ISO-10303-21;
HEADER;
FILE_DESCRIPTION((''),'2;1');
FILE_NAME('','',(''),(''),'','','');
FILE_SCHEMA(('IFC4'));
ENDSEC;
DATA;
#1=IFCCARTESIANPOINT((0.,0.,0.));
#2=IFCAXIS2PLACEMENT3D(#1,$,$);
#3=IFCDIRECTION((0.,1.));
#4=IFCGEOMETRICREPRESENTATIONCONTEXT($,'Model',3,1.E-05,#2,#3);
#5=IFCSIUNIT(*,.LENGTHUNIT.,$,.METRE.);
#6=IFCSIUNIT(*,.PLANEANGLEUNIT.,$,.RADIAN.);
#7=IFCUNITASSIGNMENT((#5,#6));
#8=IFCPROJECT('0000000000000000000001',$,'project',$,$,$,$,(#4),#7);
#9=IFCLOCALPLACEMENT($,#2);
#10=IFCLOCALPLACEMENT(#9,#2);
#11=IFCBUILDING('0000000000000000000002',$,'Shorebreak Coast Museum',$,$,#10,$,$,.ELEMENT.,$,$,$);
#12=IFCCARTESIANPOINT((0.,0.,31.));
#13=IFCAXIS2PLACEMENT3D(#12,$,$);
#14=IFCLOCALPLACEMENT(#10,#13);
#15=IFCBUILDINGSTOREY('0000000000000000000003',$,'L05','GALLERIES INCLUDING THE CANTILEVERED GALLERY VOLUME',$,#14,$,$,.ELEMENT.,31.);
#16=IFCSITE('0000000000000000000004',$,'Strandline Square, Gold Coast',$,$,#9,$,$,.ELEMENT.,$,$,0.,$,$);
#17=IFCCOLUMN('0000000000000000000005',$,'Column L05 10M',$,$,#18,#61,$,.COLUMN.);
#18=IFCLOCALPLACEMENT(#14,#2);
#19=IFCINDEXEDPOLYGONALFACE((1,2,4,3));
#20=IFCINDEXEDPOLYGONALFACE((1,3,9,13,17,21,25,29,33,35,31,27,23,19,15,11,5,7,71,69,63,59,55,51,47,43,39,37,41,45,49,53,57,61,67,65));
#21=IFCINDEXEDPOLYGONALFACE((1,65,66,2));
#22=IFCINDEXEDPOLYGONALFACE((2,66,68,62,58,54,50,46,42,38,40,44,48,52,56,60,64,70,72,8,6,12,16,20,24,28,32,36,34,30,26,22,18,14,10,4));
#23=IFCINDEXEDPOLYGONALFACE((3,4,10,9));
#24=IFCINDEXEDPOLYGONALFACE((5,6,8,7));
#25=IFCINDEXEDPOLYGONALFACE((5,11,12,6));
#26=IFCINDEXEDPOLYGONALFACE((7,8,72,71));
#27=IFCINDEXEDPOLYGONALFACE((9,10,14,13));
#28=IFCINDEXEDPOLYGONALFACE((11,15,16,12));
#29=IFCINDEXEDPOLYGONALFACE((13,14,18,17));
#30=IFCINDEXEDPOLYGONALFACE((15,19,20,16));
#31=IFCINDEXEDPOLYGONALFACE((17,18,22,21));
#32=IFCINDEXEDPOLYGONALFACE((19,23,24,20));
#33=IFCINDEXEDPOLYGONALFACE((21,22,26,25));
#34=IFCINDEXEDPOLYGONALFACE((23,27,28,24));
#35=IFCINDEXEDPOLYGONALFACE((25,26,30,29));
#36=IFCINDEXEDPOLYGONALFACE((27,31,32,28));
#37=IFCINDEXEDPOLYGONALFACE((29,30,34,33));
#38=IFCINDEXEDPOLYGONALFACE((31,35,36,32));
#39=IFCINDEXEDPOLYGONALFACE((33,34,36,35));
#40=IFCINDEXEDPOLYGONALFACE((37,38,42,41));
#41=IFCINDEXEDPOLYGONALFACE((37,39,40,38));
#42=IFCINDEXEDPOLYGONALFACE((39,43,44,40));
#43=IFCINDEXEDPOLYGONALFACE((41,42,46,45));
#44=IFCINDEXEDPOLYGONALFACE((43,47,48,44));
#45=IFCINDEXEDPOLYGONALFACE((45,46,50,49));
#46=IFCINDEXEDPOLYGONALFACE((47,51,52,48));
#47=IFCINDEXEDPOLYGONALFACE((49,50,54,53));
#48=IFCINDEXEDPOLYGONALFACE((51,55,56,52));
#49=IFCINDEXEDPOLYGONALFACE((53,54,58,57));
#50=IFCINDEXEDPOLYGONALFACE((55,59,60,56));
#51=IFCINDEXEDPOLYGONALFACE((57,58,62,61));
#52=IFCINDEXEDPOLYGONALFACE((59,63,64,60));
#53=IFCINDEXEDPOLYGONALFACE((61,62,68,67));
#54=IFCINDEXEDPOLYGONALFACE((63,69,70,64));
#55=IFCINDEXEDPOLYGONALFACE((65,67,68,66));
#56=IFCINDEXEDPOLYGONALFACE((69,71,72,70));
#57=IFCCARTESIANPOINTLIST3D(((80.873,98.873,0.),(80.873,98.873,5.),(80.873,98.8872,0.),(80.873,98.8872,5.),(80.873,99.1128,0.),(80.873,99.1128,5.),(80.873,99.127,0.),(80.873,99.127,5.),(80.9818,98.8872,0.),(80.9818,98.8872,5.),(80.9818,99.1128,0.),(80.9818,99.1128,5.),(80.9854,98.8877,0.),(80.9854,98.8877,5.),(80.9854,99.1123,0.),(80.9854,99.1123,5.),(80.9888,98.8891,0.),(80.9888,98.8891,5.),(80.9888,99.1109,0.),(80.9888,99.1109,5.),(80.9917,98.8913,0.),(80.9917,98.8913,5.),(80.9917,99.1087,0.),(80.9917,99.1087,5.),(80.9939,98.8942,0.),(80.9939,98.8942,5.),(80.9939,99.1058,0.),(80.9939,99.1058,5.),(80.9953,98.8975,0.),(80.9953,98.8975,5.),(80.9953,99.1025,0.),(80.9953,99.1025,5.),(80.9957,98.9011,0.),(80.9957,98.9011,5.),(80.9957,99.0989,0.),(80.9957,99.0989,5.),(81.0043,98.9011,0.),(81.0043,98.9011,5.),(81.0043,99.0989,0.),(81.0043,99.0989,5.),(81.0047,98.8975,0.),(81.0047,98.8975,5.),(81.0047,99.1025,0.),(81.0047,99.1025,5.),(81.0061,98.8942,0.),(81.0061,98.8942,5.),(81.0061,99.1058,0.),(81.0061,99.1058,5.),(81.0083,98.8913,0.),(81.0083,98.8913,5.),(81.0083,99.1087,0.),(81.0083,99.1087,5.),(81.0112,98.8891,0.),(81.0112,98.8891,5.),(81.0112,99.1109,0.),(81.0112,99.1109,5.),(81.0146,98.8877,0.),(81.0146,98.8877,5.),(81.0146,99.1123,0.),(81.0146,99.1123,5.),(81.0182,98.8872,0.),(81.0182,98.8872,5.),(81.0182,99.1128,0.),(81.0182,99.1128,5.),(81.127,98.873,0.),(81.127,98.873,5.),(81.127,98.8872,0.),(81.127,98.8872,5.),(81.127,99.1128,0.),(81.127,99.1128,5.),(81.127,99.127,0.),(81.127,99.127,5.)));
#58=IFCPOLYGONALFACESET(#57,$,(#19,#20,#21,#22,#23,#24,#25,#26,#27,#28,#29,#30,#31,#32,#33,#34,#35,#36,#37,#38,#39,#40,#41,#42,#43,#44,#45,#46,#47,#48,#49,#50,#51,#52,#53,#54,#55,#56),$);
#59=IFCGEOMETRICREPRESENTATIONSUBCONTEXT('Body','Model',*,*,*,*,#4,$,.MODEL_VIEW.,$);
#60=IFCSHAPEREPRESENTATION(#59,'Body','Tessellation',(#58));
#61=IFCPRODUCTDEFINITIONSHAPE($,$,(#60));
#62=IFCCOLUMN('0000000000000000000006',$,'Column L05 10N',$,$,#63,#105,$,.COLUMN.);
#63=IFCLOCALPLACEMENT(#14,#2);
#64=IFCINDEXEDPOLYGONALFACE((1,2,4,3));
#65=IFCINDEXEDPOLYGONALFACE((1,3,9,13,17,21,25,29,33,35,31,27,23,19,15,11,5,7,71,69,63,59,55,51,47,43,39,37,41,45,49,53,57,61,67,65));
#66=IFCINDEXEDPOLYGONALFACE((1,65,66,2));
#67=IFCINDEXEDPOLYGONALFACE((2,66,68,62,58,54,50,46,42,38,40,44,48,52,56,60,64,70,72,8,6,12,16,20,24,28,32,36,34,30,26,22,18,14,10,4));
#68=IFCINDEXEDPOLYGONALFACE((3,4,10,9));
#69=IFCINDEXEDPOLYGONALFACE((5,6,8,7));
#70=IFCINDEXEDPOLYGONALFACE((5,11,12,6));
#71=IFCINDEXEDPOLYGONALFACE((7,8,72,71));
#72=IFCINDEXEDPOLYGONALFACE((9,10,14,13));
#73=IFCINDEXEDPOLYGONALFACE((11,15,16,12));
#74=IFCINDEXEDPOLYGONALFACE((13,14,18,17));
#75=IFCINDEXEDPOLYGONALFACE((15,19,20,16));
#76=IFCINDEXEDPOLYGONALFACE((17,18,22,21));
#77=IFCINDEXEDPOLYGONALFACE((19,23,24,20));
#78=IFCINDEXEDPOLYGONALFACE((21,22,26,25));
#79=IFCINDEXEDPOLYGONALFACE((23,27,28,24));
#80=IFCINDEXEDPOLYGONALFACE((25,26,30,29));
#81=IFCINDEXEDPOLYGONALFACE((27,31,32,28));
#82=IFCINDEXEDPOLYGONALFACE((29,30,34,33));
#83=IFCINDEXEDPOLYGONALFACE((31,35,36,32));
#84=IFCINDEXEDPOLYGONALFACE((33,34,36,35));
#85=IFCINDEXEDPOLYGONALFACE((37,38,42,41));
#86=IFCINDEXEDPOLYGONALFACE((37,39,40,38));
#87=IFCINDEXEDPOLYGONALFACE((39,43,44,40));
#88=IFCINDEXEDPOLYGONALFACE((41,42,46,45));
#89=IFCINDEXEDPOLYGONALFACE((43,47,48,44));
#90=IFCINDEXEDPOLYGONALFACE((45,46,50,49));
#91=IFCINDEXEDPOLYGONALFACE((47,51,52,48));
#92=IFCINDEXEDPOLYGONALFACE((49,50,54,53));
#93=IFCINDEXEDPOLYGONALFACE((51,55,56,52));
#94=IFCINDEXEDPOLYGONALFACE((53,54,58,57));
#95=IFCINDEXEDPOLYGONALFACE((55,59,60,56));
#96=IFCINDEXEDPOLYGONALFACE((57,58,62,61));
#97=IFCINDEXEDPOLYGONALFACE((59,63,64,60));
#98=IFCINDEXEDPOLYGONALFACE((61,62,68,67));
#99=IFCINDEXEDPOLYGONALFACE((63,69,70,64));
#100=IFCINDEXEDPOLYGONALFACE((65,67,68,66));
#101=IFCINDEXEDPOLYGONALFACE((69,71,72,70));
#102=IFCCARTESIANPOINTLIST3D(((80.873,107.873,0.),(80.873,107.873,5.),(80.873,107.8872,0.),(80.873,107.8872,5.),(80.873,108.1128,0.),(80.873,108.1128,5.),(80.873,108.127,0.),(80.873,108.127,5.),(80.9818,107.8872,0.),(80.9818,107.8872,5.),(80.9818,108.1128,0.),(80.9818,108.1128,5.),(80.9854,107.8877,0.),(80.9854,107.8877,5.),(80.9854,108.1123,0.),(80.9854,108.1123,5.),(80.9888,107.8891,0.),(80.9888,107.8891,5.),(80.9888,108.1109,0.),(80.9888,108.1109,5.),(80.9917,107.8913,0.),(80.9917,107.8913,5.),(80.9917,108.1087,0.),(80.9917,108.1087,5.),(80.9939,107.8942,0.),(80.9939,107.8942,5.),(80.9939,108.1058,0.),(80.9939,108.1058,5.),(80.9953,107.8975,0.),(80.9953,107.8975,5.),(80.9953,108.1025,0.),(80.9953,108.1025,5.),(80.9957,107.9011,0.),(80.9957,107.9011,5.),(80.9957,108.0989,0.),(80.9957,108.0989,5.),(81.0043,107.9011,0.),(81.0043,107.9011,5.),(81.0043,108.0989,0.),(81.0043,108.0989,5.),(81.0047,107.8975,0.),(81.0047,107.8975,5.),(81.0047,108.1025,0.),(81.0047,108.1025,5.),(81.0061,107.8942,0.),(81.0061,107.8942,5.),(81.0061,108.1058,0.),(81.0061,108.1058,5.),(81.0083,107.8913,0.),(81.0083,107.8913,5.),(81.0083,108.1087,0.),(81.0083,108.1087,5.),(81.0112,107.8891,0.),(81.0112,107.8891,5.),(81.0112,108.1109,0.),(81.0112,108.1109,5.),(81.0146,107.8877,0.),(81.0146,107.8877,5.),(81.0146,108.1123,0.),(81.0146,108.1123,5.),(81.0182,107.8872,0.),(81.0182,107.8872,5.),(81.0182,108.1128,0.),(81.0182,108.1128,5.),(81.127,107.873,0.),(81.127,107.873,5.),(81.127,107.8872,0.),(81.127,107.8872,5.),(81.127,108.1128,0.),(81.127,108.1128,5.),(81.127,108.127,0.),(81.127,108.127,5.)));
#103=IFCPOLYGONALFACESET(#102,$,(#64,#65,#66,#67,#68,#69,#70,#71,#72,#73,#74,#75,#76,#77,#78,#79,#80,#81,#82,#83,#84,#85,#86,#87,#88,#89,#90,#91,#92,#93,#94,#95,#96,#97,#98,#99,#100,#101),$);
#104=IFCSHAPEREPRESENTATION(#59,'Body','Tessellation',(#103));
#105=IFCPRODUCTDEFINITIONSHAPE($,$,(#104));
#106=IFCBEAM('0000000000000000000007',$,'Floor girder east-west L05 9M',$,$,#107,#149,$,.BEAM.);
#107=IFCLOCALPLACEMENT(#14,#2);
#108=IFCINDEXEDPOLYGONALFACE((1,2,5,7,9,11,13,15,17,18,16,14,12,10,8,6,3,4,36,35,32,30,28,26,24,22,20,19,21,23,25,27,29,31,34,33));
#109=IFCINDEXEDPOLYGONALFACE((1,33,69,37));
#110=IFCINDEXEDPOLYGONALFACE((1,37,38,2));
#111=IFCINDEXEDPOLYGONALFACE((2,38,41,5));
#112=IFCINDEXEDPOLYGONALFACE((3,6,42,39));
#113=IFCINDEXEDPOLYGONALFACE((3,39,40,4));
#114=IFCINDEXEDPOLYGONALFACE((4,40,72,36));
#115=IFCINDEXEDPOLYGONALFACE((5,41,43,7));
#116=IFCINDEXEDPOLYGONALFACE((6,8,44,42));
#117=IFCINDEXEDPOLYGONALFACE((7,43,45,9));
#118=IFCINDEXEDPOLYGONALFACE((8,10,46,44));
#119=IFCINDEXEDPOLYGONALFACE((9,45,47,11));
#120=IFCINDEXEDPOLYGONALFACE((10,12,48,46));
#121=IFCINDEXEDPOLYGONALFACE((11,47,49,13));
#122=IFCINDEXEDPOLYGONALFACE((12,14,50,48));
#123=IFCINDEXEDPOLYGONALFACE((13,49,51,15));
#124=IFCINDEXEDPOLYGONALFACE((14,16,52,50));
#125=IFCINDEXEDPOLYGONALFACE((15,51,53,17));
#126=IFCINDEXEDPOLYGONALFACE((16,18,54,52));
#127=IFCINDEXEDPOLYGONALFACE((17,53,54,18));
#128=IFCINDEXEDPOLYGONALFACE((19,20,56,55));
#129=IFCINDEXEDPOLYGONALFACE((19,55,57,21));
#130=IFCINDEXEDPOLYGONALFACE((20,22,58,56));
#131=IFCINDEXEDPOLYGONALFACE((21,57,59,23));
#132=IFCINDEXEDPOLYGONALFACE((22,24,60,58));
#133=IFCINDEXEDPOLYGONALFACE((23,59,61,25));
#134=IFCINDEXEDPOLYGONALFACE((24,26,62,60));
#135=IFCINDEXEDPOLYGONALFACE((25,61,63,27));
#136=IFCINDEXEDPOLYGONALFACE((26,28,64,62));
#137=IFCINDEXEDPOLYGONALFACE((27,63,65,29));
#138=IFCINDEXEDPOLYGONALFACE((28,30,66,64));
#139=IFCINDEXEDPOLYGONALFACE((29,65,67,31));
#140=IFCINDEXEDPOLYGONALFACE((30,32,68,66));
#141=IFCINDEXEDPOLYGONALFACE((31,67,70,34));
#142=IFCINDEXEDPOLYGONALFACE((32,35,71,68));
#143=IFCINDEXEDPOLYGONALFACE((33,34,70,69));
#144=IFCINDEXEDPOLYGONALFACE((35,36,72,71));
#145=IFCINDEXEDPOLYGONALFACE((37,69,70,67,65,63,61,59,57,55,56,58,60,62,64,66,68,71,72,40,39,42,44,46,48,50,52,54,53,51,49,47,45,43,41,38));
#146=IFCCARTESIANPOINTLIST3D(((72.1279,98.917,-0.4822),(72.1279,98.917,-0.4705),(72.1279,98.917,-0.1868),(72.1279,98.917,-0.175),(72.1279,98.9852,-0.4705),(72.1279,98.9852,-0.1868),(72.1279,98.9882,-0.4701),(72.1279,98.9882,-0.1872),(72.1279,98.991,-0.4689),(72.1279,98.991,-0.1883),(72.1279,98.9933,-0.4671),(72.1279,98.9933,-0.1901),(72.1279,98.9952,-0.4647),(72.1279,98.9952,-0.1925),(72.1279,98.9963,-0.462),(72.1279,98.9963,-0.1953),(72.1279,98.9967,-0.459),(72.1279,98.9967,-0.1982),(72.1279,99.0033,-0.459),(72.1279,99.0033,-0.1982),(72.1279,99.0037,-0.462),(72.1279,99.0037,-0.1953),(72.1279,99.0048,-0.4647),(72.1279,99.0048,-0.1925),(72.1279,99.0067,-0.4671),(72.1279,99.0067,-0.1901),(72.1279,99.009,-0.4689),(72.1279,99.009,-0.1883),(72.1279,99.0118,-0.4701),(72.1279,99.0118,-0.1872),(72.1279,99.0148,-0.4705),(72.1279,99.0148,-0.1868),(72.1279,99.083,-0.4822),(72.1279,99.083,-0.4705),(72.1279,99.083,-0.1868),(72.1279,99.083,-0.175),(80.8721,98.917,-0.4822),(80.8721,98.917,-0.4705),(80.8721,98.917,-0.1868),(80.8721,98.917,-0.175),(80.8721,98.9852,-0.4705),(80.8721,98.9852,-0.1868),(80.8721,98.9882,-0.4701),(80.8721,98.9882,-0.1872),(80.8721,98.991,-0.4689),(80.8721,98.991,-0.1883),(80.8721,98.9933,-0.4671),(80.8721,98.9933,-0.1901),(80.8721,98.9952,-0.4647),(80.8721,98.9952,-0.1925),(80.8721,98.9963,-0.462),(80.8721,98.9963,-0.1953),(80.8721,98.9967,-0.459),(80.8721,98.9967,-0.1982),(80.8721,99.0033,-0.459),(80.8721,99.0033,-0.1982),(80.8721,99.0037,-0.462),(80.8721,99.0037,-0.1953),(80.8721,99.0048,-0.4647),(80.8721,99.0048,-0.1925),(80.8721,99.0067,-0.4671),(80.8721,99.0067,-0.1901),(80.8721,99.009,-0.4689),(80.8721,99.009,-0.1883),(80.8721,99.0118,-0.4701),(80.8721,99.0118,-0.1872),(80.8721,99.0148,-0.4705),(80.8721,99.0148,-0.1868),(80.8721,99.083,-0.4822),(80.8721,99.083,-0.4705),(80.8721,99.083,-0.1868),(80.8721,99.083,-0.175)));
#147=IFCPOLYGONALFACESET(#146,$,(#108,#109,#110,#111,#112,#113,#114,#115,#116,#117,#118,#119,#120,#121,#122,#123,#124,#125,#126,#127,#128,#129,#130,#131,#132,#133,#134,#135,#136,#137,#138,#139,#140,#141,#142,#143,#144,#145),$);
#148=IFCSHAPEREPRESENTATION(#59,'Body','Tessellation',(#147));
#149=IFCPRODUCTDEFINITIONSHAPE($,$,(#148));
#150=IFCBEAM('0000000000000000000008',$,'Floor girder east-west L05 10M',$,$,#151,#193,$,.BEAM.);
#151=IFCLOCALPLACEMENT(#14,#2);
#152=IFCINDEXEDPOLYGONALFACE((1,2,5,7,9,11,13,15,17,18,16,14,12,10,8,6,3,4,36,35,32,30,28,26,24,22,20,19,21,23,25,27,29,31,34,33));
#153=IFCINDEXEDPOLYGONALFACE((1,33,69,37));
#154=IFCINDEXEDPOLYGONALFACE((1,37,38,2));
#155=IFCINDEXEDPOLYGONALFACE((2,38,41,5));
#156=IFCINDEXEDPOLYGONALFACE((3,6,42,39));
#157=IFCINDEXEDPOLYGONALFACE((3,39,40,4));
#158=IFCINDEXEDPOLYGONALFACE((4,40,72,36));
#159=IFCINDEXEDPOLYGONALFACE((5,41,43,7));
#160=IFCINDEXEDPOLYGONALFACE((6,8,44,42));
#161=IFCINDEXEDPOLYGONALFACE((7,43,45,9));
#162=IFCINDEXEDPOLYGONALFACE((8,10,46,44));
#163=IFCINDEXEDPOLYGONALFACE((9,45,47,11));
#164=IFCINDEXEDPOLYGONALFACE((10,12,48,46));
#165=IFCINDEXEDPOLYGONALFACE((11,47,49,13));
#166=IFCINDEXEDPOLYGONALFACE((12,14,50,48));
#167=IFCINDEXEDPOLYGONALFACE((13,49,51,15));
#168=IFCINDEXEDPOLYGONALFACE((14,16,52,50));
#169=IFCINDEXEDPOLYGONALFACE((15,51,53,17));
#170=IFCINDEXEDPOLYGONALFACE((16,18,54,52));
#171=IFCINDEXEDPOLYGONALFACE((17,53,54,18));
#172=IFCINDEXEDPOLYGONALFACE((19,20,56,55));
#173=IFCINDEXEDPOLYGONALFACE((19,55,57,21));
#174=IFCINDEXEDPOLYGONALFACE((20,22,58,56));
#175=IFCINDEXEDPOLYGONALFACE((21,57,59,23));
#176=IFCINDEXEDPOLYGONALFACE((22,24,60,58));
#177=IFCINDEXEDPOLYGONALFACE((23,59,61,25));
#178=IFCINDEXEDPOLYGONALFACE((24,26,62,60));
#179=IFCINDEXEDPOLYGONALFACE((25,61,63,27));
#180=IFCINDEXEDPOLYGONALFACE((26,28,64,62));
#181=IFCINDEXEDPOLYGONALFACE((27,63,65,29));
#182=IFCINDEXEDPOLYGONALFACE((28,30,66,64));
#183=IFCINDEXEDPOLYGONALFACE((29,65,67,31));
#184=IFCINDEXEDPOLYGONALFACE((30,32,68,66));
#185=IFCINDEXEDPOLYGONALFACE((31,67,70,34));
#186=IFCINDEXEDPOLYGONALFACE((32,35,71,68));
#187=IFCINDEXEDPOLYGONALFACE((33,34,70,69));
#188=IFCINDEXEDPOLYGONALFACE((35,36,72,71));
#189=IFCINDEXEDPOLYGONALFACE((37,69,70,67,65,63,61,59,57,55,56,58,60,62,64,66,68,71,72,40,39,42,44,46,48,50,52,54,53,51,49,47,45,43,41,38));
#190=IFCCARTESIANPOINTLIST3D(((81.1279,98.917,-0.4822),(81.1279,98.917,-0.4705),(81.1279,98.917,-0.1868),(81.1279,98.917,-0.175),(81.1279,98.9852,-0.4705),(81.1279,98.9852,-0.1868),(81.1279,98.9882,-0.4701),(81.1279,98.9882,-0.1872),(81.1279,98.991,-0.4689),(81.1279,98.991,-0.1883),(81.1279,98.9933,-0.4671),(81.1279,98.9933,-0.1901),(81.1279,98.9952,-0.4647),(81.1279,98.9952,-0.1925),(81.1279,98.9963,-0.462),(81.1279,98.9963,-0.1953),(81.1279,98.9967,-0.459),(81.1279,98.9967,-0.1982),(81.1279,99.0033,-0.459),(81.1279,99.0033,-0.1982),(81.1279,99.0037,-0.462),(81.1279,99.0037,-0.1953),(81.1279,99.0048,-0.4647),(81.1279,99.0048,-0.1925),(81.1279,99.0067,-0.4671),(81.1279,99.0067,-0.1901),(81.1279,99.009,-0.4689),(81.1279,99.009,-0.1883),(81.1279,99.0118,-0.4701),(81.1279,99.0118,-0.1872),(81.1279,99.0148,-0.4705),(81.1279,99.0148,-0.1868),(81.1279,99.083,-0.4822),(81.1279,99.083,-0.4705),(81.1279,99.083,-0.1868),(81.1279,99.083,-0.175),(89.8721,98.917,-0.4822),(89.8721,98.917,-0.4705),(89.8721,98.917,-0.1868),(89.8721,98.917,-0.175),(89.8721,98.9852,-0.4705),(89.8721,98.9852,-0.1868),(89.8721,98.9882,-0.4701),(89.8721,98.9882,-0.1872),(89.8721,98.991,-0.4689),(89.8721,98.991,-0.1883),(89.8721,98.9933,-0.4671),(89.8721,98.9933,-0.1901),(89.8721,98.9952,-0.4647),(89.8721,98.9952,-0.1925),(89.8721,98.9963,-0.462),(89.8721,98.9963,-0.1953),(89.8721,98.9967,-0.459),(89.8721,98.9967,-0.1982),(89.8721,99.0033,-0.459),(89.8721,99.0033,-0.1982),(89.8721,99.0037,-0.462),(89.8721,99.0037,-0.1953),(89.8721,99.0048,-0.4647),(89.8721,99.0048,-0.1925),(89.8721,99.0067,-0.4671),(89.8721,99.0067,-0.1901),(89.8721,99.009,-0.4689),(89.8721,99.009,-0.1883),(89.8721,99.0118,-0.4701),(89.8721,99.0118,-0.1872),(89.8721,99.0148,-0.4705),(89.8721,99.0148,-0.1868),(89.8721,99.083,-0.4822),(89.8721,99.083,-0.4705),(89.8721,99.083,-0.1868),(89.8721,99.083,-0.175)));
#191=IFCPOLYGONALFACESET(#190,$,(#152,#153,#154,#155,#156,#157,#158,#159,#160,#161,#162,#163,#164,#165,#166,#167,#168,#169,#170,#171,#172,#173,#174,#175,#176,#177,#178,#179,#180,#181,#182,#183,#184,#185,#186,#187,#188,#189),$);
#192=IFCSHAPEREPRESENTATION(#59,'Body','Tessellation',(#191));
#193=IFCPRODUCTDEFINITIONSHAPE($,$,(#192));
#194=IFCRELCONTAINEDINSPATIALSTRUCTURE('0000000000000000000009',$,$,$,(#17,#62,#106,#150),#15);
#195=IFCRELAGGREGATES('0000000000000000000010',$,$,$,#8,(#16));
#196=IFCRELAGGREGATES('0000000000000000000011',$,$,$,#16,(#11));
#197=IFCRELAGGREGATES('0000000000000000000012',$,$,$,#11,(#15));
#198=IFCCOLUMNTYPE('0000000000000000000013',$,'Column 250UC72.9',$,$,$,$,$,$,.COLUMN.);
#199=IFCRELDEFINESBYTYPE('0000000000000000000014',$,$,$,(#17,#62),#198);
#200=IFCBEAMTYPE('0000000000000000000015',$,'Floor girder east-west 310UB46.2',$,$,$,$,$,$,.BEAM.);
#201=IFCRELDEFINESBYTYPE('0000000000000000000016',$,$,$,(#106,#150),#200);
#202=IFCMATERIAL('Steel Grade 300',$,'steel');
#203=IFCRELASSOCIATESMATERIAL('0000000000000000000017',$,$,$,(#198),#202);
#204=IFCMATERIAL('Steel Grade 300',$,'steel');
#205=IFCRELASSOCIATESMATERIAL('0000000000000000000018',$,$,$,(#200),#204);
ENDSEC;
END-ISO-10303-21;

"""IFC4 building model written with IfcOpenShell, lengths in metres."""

from ifc_helpers import new_model, si_unit, direction, frame, origin, origin_2d, place, context, subcontext, project, spatial, i_section, extrude, material, material_profile, profile_set, type_object, element, save


model = new_model("IFC4")

# Units and contexts
model_context = context("Model", 3, precision=1e-05, world=origin(), true_north=direction((0.0, 1.0)))
body_context = subcontext(model_context, "Body", "Model", "MODEL_VIEW")
ifc_project = project(units=[si_unit("LENGTHUNIT", "METRE"), si_unit("PLANEANGLEUNIT", "RADIAN")], contexts=[model_context])

# Site, building, storey
site_placement = place(None, origin())
site = spatial("IfcSite", under=ifc_project, at=site_placement, Name="Strandline Square, Gold Coast", CompositionType="ELEMENT", RefElevation=0.0)
building_placement = place(site_placement, origin())
building = spatial("IfcBuilding", under=site, at=building_placement, Name="Shorebreak Coast Museum", CompositionType="ELEMENT")
storey_placement = place(building_placement, frame((0.0, 0.0, 31.0)))
storey = spatial("IfcBuildingStorey", under=building, at=storey_placement, Name="L05", Description="GALLERIES INCLUDING THE CANTILEVERED GALLERY VOLUME", CompositionType="ELEMENT", Elevation=31.0)

# Columns
ifc_material_1 = material(Name="Steel Grade 300", Category="steel")
ifc_material_profile_1 = material_profile(ifc_material_1, i_section(OverallWidth=0.2539, OverallDepth=0.2539, WebThickness=0.0085, FlangeThickness=0.0142, FilletRadius=0.0139, at=origin_2d()), Name="250UC72.9")
ifc_profile_set_1 = profile_set([ifc_material_profile_1], Name="Steel Grade 300")
column_type = type_object("IfcColumnType", Name="Column 250UC72.9", PredefinedType="COLUMN", material=ifc_profile_set_1)
for number, where, z_axis, x_axis, name in (
    (1, (81.0, 99.0, 0.0), (0.0, 0.0, 1.0), (1.0, 0.0, 0.0), "Column L05 10M"),
    (2, (81.0, 108.0, 0.0), (0.0, 0.0, 1.0), (1.0, 0.0, 0.0), "Column L05 10N"),
):
    element("IfcColumn", number, at=place(storey_placement, frame(where, z_axis=z_axis, x_axis=x_axis)), inside=storey, type_object=column_type, Name=name, PredefinedType="COLUMN", context=body_context, shape_type="SweptSolid", body=[
        extrude(i_section(OverallWidth=0.2539, OverallDepth=0.2539, WebThickness=0.0085, FlangeThickness=0.0142, FilletRadius=0.0139, at=origin_2d()), origin(), (0.0, 0.0, 1.0), 5.0),
    ])

# Beams
ifc_material_2 = material(Name="Steel Grade 300", Category="steel")
ifc_material_profile_2 = material_profile(ifc_material_2, i_section(OverallWidth=0.166, OverallDepth=0.3071, WebThickness=0.0066, FlangeThickness=0.0117, FilletRadius=0.0115, at=origin_2d()), Name="310UB46.2")
ifc_profile_set_2 = profile_set([ifc_material_profile_2], Name="Steel Grade 300")
beam_type_1 = type_object("IfcBeamType", Name="Floor girder east-west 310UB46.2", PredefinedType="BEAM", material=ifc_profile_set_2)
for number, where, z_axis, x_axis, name in (
    (3, (72.1279, 99.0, -0.3286), (1.0, 0.0, 0.0), (0.0, 1.0, 0.0), "Floor girder east-west L05 9M"),
    (4, (81.1279, 99.0, -0.3286), (1.0, 0.0, 0.0), (0.0, 1.0, 0.0), "Floor girder east-west L05 10M"),
):
    element("IfcBeam", number, at=place(storey_placement, frame(where, z_axis=z_axis, x_axis=x_axis)), inside=storey, type_object=beam_type_1, Name=name, PredefinedType="BEAM", context=body_context, shape_type="SweptSolid", body=[
        extrude(i_section(OverallWidth=0.166, OverallDepth=0.3071, WebThickness=0.0066, FlangeThickness=0.0117, FilletRadius=0.0115, at=origin_2d()), origin(), (0.0, 0.0, 1.0), 8.7441),
    ])

save(model, "model.ifc")
